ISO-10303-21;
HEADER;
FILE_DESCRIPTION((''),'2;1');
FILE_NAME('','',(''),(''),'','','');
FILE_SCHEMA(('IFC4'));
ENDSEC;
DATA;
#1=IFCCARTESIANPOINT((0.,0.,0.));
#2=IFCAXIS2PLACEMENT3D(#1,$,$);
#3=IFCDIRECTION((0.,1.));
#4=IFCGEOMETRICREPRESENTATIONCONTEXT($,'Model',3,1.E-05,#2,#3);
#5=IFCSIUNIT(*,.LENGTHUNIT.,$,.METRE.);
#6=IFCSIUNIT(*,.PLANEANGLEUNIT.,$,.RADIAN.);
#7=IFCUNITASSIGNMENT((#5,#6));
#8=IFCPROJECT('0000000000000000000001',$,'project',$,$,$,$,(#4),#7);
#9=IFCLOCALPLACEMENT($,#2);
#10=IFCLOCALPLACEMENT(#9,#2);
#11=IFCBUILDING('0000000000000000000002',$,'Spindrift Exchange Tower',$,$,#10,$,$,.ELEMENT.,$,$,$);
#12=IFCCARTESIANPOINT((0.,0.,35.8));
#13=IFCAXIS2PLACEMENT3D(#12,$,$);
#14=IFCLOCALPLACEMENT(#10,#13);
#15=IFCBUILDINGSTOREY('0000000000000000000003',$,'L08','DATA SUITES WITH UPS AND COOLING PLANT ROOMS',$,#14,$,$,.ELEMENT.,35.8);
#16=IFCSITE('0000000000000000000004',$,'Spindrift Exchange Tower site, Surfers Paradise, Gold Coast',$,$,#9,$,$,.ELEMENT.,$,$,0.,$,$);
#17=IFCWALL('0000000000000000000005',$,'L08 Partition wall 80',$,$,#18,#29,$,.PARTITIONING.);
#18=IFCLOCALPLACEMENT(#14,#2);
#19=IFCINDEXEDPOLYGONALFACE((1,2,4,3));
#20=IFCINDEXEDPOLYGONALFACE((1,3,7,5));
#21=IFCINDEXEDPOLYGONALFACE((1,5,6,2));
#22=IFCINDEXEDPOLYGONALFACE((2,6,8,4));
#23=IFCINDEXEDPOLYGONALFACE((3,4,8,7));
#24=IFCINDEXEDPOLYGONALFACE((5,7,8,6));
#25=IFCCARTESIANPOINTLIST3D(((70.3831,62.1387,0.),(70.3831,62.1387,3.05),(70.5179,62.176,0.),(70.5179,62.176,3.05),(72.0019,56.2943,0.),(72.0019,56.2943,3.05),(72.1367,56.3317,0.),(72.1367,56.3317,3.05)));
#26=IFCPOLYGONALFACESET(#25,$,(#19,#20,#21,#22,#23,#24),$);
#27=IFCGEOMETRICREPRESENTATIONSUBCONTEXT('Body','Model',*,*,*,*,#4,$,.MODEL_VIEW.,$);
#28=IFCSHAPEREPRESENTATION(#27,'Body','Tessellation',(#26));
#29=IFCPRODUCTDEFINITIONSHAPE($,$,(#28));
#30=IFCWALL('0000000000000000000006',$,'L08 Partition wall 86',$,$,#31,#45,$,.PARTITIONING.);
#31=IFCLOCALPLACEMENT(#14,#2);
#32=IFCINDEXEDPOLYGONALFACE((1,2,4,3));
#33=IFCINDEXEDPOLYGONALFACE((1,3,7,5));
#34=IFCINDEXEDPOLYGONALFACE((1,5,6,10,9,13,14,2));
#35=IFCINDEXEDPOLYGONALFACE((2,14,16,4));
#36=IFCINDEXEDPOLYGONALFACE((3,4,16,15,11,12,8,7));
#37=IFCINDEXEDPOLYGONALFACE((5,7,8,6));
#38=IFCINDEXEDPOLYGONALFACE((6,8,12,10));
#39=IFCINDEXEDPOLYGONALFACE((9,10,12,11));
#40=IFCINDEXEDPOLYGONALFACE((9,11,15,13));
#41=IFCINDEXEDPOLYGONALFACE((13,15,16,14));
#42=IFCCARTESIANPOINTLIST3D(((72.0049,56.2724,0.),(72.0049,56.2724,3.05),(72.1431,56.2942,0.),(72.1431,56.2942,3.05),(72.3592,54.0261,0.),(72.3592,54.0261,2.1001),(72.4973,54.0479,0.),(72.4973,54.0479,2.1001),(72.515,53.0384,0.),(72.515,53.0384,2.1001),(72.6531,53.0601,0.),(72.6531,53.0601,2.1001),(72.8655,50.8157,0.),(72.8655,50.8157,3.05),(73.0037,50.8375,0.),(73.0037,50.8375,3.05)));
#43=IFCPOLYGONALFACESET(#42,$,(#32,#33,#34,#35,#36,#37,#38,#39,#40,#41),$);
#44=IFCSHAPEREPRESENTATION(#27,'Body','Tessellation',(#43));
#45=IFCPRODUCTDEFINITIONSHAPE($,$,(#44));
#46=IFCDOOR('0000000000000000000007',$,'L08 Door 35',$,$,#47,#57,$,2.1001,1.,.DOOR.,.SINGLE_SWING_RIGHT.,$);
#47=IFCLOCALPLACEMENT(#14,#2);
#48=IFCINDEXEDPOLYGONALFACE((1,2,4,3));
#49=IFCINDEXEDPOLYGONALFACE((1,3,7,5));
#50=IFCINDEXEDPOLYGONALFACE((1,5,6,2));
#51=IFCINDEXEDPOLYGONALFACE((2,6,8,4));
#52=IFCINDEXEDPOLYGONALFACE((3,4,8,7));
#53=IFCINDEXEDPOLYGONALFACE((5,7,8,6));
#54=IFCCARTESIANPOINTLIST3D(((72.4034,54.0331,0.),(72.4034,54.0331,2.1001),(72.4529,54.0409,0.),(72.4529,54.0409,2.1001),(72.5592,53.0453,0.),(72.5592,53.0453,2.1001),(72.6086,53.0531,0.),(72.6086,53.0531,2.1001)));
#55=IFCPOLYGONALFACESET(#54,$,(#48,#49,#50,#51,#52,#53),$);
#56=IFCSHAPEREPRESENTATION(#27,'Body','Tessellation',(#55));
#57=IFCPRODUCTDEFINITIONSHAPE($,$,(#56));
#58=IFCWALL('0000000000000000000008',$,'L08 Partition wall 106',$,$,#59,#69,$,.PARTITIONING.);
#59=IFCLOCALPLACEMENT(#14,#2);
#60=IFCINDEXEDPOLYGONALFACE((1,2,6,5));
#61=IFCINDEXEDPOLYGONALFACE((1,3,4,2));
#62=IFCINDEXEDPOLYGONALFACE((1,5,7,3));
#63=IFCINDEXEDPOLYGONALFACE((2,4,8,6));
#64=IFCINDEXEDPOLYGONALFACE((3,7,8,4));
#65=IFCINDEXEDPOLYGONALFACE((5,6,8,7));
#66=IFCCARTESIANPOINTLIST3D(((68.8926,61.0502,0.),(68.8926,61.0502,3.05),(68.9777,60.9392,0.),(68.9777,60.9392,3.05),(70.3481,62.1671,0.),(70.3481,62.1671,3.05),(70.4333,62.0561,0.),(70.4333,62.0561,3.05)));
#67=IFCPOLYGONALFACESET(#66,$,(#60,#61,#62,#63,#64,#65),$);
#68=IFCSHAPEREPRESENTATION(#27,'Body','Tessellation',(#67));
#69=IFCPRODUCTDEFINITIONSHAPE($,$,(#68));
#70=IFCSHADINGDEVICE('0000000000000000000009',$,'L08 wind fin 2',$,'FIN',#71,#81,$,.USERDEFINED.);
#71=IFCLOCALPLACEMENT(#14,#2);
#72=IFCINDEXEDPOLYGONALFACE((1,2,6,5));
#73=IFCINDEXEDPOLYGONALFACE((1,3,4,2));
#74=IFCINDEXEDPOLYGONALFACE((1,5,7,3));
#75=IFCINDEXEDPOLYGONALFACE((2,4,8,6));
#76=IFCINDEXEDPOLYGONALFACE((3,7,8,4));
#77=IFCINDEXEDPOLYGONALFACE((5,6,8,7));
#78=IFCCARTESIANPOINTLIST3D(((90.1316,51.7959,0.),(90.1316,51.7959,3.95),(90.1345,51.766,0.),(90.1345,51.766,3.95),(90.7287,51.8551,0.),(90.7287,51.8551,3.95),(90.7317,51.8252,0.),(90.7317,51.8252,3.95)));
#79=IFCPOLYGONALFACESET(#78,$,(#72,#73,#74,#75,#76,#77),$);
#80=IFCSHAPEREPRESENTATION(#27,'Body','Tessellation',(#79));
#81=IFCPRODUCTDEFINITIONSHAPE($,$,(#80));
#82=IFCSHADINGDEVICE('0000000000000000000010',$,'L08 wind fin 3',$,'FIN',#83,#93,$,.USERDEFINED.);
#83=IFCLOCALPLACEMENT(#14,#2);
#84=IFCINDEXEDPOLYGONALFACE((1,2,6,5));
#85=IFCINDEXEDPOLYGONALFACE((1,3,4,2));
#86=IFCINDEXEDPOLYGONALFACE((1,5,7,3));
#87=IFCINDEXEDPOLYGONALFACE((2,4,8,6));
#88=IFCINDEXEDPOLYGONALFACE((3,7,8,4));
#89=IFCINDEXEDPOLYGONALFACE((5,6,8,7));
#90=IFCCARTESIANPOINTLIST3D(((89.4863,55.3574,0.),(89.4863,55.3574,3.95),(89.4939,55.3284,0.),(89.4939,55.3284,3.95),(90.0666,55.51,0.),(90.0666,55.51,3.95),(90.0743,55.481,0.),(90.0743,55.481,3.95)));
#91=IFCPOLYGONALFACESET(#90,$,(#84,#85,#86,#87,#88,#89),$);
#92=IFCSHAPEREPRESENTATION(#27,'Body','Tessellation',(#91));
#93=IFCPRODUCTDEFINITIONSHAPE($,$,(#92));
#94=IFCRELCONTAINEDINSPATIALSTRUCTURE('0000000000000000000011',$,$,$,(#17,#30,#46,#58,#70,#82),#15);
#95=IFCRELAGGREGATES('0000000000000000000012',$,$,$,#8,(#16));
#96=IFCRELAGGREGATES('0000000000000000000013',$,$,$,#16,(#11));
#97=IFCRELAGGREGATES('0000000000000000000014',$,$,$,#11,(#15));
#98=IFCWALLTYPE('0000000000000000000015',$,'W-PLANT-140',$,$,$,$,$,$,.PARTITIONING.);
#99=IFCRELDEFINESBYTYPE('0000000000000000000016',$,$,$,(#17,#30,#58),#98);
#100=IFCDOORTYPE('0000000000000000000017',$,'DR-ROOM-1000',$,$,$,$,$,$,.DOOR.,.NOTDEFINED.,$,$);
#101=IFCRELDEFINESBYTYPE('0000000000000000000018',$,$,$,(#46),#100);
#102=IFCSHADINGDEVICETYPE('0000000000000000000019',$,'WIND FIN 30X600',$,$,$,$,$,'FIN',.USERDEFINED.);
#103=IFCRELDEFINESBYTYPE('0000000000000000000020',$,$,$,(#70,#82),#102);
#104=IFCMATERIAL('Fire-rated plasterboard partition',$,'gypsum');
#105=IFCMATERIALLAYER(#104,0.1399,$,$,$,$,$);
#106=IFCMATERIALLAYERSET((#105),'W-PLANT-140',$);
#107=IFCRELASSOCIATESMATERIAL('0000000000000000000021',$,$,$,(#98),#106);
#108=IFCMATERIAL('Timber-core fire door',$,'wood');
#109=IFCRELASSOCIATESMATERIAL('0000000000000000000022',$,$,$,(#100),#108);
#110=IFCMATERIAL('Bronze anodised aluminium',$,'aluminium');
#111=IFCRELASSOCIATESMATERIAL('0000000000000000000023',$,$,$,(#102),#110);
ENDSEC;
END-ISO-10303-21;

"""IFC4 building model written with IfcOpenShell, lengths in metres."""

from ifc_helpers import new_model, si_unit, direction, frame, frame_2d, origin, origin_2d, place, context, subcontext, project, spatial, rectangle, extrude, source, transform, mapped, material, layer, layer_set, material_profile, profile_set, type_object, element, fill, save


model = new_model("IFC4")

# Units and contexts
model_context = context("Model", 3, precision=1e-05, world=origin(), true_north=direction((0.0, 1.0)))
body_context = subcontext(model_context, "Body", "Model", "MODEL_VIEW")
ifc_project = project(units=[si_unit("LENGTHUNIT", "METRE"), si_unit("PLANEANGLEUNIT", "RADIAN")], contexts=[model_context])

# Site, building, storey
site_placement = place(None, origin())
site = spatial("IfcSite", under=ifc_project, at=site_placement, Name="Spindrift Exchange Tower site, Surfers Paradise, Gold Coast", CompositionType="ELEMENT", RefElevation=0.0)
building_placement = place(site_placement, origin())
building = spatial("IfcBuilding", under=site, at=building_placement, Name="Spindrift Exchange Tower", CompositionType="ELEMENT")
storey_placement = place(building_placement, frame((0.0, 0.0, 35.8)))
storey = spatial("IfcBuildingStorey", under=building, at=storey_placement, Name="L08", Description="DATA SUITES WITH UPS AND COOLING PLANT ROOMS", CompositionType="ELEMENT", Elevation=35.8)

# Shared definitions
ifc_material_1 = material(Name="Bronze anodised aluminium", Category="aluminium")

# Wall
ifc_material_2 = material(Name="Fire-rated plasterboard partition", Category="gypsum")
ifc_layer_1 = layer(ifc_material_2, 0.1399)
ifc_layer_set_1 = layer_set([ifc_layer_1], Name="W-PLANT-140")
wall_type_1 = type_object("IfcWallType", Name="W-PLANT-140", PredefinedType="PARTITIONING", material=ifc_layer_set_1)
wall_1_placement = place(storey_placement, frame((72.0693, 56.313, 0.0), z_axis=(0.0, 0.0, 1.0), x_axis=(-0.266944, 0.963712, 0.0)))
element("IfcWall", 1, at=wall_1_placement, inside=storey, type_object=wall_type_1, Name="L08 Partition wall 80", PredefinedType="PARTITIONING", context=body_context, shape_type="SweptSolid", body=[
    extrude(rectangle(XDim=6.0645, YDim=0.1399, at=frame_2d((3.0322, 0.0))), origin(), (0.0, 0.0, 1.0), 3.05),
])

# Wall, opening, door
wall_2_placement = place(storey_placement, frame((72.074, 56.2834, 0.0), z_axis=(0.0, 0.0, 1.0), x_axis=(0.155786, -0.987791, 0.0)))
wall_2 = element("IfcWall", 2, at=wall_2_placement, inside=storey, type_object=wall_type_1, Name="L08 Partition wall 86", PredefinedType="PARTITIONING", context=body_context, shape_type="SweptSolid", body=[
    extrude(rectangle(XDim=5.5242, YDim=0.1399, at=frame_2d((2.7622, 0.0))), origin(), (0.0, 0.0, 1.0), 3.05),
])
opening_placement = place(wall_2_placement, frame((2.2742, 0.0, 0.0)))
opening = element("IfcOpeningElement", 3, at=opening_placement, cuts=wall_2, PredefinedType="OPENING", context=body_context, shape_type="SweptSolid", body=[
    extrude(rectangle(XDim=1.0, YDim=2.1001, at=frame_2d((0.5, 1.05))), frame((0.0, 0.0798, 0.0), z_axis=(0.0, -1.0, 0.0), x_axis=(1.0, 0.0, 0.0)), (0.0, 0.0, 1.0), 0.1599),
])
ifc_material_3 = material(Name="Timber-core fire door", Category="wood")
door_type = type_object("IfcDoorType", Name="DR-ROOM-1000", OperationType="NOTDEFINED", PredefinedType="DOOR", material=ifc_material_3)
shared_shape_1 = source(origin(), body_context, "Body", "SweptSolid", [
    extrude(rectangle(XDim=1.0, YDim=2.1001, at=frame_2d((0.5, 1.05))), frame((0.0, 0.0249, 0.0), z_axis=(0.0, -1.0, 0.0), x_axis=(1.0, 0.0, 0.0)), (0.0, 0.0, 1.0), 0.05),
])
door_placement = place(opening_placement, origin())
door = element("IfcDoor", 4, at=door_placement, inside=storey, type_object=door_type, Name="L08 Door 35", OperationType="SINGLE_SWING_RIGHT", OverallHeight=2.1001, OverallWidth=1.0, PredefinedType="DOOR", context=body_context, shape_type="MappedRepresentation", body=[
    mapped(shared_shape_1, transform((0.0, 0.0, 0.0), scale=1.0)),
])
fill(opening, door)

# Wall
wall_3_placement = place(storey_placement, frame((68.9351, 60.9946, 0.0), z_axis=(0.0, 0.0, 1.0), x_axis=(0.793341, 0.608778, 0.0)))
element("IfcWall", 5, at=wall_3_placement, inside=storey, type_object=wall_type_1, Name="L08 Partition wall 106", PredefinedType="PARTITIONING", context=body_context, shape_type="SweptSolid", body=[
    extrude(rectangle(XDim=1.8347, YDim=0.1399, at=frame_2d((0.9175, 0.0))), origin(), (0.0, 0.0, 1.0), 3.05),
])

# Shading devices
ifc_material_profile_1 = material_profile(ifc_material_1, rectangle(XDim=0.03, YDim=0.6001, at=origin_2d()), Name="WIND FIN 30X600")
ifc_profile_set_1 = profile_set([ifc_material_profile_1], Name="Bronze anodised aluminium")
shading_device_type = type_object("IfcShadingDeviceType", Name="WIND FIN 30X600", ElementType="FIN", PredefinedType="USERDEFINED", material=ifc_profile_set_1)
shared_shape_2 = source(origin(), body_context, "Body", "SweptSolid", [
    extrude(rectangle(XDim=0.03, YDim=0.6001, at=origin_2d()), origin(), (0.0, 0.0, 1.0), 3.95),
])
for number, where, z_axis, x_axis, name in (
    (6, (90.4316, 51.8105, 0.0), (0.0, 0.0, 1.0), (-0.098675, 0.99512, 0.0), "L08 wind fin 2"),
    (7, (89.7803, 55.4192, 0.0), (0.0, 0.0, 1.0), (-0.254278, 0.967131, 0.0), "L08 wind fin 3"),
):
    element("IfcShadingDevice", number, at=place(storey_placement, frame(where, z_axis=z_axis, x_axis=x_axis)), inside=storey, type_object=shading_device_type, Name=name, ObjectType="FIN", PredefinedType="USERDEFINED", context=body_context, shape_type="MappedRepresentation", body=[
        mapped(shared_shape_2, transform((0.0, 0.0, 0.0), scale=1.0)),
    ])

save(model, "model.ifc")
